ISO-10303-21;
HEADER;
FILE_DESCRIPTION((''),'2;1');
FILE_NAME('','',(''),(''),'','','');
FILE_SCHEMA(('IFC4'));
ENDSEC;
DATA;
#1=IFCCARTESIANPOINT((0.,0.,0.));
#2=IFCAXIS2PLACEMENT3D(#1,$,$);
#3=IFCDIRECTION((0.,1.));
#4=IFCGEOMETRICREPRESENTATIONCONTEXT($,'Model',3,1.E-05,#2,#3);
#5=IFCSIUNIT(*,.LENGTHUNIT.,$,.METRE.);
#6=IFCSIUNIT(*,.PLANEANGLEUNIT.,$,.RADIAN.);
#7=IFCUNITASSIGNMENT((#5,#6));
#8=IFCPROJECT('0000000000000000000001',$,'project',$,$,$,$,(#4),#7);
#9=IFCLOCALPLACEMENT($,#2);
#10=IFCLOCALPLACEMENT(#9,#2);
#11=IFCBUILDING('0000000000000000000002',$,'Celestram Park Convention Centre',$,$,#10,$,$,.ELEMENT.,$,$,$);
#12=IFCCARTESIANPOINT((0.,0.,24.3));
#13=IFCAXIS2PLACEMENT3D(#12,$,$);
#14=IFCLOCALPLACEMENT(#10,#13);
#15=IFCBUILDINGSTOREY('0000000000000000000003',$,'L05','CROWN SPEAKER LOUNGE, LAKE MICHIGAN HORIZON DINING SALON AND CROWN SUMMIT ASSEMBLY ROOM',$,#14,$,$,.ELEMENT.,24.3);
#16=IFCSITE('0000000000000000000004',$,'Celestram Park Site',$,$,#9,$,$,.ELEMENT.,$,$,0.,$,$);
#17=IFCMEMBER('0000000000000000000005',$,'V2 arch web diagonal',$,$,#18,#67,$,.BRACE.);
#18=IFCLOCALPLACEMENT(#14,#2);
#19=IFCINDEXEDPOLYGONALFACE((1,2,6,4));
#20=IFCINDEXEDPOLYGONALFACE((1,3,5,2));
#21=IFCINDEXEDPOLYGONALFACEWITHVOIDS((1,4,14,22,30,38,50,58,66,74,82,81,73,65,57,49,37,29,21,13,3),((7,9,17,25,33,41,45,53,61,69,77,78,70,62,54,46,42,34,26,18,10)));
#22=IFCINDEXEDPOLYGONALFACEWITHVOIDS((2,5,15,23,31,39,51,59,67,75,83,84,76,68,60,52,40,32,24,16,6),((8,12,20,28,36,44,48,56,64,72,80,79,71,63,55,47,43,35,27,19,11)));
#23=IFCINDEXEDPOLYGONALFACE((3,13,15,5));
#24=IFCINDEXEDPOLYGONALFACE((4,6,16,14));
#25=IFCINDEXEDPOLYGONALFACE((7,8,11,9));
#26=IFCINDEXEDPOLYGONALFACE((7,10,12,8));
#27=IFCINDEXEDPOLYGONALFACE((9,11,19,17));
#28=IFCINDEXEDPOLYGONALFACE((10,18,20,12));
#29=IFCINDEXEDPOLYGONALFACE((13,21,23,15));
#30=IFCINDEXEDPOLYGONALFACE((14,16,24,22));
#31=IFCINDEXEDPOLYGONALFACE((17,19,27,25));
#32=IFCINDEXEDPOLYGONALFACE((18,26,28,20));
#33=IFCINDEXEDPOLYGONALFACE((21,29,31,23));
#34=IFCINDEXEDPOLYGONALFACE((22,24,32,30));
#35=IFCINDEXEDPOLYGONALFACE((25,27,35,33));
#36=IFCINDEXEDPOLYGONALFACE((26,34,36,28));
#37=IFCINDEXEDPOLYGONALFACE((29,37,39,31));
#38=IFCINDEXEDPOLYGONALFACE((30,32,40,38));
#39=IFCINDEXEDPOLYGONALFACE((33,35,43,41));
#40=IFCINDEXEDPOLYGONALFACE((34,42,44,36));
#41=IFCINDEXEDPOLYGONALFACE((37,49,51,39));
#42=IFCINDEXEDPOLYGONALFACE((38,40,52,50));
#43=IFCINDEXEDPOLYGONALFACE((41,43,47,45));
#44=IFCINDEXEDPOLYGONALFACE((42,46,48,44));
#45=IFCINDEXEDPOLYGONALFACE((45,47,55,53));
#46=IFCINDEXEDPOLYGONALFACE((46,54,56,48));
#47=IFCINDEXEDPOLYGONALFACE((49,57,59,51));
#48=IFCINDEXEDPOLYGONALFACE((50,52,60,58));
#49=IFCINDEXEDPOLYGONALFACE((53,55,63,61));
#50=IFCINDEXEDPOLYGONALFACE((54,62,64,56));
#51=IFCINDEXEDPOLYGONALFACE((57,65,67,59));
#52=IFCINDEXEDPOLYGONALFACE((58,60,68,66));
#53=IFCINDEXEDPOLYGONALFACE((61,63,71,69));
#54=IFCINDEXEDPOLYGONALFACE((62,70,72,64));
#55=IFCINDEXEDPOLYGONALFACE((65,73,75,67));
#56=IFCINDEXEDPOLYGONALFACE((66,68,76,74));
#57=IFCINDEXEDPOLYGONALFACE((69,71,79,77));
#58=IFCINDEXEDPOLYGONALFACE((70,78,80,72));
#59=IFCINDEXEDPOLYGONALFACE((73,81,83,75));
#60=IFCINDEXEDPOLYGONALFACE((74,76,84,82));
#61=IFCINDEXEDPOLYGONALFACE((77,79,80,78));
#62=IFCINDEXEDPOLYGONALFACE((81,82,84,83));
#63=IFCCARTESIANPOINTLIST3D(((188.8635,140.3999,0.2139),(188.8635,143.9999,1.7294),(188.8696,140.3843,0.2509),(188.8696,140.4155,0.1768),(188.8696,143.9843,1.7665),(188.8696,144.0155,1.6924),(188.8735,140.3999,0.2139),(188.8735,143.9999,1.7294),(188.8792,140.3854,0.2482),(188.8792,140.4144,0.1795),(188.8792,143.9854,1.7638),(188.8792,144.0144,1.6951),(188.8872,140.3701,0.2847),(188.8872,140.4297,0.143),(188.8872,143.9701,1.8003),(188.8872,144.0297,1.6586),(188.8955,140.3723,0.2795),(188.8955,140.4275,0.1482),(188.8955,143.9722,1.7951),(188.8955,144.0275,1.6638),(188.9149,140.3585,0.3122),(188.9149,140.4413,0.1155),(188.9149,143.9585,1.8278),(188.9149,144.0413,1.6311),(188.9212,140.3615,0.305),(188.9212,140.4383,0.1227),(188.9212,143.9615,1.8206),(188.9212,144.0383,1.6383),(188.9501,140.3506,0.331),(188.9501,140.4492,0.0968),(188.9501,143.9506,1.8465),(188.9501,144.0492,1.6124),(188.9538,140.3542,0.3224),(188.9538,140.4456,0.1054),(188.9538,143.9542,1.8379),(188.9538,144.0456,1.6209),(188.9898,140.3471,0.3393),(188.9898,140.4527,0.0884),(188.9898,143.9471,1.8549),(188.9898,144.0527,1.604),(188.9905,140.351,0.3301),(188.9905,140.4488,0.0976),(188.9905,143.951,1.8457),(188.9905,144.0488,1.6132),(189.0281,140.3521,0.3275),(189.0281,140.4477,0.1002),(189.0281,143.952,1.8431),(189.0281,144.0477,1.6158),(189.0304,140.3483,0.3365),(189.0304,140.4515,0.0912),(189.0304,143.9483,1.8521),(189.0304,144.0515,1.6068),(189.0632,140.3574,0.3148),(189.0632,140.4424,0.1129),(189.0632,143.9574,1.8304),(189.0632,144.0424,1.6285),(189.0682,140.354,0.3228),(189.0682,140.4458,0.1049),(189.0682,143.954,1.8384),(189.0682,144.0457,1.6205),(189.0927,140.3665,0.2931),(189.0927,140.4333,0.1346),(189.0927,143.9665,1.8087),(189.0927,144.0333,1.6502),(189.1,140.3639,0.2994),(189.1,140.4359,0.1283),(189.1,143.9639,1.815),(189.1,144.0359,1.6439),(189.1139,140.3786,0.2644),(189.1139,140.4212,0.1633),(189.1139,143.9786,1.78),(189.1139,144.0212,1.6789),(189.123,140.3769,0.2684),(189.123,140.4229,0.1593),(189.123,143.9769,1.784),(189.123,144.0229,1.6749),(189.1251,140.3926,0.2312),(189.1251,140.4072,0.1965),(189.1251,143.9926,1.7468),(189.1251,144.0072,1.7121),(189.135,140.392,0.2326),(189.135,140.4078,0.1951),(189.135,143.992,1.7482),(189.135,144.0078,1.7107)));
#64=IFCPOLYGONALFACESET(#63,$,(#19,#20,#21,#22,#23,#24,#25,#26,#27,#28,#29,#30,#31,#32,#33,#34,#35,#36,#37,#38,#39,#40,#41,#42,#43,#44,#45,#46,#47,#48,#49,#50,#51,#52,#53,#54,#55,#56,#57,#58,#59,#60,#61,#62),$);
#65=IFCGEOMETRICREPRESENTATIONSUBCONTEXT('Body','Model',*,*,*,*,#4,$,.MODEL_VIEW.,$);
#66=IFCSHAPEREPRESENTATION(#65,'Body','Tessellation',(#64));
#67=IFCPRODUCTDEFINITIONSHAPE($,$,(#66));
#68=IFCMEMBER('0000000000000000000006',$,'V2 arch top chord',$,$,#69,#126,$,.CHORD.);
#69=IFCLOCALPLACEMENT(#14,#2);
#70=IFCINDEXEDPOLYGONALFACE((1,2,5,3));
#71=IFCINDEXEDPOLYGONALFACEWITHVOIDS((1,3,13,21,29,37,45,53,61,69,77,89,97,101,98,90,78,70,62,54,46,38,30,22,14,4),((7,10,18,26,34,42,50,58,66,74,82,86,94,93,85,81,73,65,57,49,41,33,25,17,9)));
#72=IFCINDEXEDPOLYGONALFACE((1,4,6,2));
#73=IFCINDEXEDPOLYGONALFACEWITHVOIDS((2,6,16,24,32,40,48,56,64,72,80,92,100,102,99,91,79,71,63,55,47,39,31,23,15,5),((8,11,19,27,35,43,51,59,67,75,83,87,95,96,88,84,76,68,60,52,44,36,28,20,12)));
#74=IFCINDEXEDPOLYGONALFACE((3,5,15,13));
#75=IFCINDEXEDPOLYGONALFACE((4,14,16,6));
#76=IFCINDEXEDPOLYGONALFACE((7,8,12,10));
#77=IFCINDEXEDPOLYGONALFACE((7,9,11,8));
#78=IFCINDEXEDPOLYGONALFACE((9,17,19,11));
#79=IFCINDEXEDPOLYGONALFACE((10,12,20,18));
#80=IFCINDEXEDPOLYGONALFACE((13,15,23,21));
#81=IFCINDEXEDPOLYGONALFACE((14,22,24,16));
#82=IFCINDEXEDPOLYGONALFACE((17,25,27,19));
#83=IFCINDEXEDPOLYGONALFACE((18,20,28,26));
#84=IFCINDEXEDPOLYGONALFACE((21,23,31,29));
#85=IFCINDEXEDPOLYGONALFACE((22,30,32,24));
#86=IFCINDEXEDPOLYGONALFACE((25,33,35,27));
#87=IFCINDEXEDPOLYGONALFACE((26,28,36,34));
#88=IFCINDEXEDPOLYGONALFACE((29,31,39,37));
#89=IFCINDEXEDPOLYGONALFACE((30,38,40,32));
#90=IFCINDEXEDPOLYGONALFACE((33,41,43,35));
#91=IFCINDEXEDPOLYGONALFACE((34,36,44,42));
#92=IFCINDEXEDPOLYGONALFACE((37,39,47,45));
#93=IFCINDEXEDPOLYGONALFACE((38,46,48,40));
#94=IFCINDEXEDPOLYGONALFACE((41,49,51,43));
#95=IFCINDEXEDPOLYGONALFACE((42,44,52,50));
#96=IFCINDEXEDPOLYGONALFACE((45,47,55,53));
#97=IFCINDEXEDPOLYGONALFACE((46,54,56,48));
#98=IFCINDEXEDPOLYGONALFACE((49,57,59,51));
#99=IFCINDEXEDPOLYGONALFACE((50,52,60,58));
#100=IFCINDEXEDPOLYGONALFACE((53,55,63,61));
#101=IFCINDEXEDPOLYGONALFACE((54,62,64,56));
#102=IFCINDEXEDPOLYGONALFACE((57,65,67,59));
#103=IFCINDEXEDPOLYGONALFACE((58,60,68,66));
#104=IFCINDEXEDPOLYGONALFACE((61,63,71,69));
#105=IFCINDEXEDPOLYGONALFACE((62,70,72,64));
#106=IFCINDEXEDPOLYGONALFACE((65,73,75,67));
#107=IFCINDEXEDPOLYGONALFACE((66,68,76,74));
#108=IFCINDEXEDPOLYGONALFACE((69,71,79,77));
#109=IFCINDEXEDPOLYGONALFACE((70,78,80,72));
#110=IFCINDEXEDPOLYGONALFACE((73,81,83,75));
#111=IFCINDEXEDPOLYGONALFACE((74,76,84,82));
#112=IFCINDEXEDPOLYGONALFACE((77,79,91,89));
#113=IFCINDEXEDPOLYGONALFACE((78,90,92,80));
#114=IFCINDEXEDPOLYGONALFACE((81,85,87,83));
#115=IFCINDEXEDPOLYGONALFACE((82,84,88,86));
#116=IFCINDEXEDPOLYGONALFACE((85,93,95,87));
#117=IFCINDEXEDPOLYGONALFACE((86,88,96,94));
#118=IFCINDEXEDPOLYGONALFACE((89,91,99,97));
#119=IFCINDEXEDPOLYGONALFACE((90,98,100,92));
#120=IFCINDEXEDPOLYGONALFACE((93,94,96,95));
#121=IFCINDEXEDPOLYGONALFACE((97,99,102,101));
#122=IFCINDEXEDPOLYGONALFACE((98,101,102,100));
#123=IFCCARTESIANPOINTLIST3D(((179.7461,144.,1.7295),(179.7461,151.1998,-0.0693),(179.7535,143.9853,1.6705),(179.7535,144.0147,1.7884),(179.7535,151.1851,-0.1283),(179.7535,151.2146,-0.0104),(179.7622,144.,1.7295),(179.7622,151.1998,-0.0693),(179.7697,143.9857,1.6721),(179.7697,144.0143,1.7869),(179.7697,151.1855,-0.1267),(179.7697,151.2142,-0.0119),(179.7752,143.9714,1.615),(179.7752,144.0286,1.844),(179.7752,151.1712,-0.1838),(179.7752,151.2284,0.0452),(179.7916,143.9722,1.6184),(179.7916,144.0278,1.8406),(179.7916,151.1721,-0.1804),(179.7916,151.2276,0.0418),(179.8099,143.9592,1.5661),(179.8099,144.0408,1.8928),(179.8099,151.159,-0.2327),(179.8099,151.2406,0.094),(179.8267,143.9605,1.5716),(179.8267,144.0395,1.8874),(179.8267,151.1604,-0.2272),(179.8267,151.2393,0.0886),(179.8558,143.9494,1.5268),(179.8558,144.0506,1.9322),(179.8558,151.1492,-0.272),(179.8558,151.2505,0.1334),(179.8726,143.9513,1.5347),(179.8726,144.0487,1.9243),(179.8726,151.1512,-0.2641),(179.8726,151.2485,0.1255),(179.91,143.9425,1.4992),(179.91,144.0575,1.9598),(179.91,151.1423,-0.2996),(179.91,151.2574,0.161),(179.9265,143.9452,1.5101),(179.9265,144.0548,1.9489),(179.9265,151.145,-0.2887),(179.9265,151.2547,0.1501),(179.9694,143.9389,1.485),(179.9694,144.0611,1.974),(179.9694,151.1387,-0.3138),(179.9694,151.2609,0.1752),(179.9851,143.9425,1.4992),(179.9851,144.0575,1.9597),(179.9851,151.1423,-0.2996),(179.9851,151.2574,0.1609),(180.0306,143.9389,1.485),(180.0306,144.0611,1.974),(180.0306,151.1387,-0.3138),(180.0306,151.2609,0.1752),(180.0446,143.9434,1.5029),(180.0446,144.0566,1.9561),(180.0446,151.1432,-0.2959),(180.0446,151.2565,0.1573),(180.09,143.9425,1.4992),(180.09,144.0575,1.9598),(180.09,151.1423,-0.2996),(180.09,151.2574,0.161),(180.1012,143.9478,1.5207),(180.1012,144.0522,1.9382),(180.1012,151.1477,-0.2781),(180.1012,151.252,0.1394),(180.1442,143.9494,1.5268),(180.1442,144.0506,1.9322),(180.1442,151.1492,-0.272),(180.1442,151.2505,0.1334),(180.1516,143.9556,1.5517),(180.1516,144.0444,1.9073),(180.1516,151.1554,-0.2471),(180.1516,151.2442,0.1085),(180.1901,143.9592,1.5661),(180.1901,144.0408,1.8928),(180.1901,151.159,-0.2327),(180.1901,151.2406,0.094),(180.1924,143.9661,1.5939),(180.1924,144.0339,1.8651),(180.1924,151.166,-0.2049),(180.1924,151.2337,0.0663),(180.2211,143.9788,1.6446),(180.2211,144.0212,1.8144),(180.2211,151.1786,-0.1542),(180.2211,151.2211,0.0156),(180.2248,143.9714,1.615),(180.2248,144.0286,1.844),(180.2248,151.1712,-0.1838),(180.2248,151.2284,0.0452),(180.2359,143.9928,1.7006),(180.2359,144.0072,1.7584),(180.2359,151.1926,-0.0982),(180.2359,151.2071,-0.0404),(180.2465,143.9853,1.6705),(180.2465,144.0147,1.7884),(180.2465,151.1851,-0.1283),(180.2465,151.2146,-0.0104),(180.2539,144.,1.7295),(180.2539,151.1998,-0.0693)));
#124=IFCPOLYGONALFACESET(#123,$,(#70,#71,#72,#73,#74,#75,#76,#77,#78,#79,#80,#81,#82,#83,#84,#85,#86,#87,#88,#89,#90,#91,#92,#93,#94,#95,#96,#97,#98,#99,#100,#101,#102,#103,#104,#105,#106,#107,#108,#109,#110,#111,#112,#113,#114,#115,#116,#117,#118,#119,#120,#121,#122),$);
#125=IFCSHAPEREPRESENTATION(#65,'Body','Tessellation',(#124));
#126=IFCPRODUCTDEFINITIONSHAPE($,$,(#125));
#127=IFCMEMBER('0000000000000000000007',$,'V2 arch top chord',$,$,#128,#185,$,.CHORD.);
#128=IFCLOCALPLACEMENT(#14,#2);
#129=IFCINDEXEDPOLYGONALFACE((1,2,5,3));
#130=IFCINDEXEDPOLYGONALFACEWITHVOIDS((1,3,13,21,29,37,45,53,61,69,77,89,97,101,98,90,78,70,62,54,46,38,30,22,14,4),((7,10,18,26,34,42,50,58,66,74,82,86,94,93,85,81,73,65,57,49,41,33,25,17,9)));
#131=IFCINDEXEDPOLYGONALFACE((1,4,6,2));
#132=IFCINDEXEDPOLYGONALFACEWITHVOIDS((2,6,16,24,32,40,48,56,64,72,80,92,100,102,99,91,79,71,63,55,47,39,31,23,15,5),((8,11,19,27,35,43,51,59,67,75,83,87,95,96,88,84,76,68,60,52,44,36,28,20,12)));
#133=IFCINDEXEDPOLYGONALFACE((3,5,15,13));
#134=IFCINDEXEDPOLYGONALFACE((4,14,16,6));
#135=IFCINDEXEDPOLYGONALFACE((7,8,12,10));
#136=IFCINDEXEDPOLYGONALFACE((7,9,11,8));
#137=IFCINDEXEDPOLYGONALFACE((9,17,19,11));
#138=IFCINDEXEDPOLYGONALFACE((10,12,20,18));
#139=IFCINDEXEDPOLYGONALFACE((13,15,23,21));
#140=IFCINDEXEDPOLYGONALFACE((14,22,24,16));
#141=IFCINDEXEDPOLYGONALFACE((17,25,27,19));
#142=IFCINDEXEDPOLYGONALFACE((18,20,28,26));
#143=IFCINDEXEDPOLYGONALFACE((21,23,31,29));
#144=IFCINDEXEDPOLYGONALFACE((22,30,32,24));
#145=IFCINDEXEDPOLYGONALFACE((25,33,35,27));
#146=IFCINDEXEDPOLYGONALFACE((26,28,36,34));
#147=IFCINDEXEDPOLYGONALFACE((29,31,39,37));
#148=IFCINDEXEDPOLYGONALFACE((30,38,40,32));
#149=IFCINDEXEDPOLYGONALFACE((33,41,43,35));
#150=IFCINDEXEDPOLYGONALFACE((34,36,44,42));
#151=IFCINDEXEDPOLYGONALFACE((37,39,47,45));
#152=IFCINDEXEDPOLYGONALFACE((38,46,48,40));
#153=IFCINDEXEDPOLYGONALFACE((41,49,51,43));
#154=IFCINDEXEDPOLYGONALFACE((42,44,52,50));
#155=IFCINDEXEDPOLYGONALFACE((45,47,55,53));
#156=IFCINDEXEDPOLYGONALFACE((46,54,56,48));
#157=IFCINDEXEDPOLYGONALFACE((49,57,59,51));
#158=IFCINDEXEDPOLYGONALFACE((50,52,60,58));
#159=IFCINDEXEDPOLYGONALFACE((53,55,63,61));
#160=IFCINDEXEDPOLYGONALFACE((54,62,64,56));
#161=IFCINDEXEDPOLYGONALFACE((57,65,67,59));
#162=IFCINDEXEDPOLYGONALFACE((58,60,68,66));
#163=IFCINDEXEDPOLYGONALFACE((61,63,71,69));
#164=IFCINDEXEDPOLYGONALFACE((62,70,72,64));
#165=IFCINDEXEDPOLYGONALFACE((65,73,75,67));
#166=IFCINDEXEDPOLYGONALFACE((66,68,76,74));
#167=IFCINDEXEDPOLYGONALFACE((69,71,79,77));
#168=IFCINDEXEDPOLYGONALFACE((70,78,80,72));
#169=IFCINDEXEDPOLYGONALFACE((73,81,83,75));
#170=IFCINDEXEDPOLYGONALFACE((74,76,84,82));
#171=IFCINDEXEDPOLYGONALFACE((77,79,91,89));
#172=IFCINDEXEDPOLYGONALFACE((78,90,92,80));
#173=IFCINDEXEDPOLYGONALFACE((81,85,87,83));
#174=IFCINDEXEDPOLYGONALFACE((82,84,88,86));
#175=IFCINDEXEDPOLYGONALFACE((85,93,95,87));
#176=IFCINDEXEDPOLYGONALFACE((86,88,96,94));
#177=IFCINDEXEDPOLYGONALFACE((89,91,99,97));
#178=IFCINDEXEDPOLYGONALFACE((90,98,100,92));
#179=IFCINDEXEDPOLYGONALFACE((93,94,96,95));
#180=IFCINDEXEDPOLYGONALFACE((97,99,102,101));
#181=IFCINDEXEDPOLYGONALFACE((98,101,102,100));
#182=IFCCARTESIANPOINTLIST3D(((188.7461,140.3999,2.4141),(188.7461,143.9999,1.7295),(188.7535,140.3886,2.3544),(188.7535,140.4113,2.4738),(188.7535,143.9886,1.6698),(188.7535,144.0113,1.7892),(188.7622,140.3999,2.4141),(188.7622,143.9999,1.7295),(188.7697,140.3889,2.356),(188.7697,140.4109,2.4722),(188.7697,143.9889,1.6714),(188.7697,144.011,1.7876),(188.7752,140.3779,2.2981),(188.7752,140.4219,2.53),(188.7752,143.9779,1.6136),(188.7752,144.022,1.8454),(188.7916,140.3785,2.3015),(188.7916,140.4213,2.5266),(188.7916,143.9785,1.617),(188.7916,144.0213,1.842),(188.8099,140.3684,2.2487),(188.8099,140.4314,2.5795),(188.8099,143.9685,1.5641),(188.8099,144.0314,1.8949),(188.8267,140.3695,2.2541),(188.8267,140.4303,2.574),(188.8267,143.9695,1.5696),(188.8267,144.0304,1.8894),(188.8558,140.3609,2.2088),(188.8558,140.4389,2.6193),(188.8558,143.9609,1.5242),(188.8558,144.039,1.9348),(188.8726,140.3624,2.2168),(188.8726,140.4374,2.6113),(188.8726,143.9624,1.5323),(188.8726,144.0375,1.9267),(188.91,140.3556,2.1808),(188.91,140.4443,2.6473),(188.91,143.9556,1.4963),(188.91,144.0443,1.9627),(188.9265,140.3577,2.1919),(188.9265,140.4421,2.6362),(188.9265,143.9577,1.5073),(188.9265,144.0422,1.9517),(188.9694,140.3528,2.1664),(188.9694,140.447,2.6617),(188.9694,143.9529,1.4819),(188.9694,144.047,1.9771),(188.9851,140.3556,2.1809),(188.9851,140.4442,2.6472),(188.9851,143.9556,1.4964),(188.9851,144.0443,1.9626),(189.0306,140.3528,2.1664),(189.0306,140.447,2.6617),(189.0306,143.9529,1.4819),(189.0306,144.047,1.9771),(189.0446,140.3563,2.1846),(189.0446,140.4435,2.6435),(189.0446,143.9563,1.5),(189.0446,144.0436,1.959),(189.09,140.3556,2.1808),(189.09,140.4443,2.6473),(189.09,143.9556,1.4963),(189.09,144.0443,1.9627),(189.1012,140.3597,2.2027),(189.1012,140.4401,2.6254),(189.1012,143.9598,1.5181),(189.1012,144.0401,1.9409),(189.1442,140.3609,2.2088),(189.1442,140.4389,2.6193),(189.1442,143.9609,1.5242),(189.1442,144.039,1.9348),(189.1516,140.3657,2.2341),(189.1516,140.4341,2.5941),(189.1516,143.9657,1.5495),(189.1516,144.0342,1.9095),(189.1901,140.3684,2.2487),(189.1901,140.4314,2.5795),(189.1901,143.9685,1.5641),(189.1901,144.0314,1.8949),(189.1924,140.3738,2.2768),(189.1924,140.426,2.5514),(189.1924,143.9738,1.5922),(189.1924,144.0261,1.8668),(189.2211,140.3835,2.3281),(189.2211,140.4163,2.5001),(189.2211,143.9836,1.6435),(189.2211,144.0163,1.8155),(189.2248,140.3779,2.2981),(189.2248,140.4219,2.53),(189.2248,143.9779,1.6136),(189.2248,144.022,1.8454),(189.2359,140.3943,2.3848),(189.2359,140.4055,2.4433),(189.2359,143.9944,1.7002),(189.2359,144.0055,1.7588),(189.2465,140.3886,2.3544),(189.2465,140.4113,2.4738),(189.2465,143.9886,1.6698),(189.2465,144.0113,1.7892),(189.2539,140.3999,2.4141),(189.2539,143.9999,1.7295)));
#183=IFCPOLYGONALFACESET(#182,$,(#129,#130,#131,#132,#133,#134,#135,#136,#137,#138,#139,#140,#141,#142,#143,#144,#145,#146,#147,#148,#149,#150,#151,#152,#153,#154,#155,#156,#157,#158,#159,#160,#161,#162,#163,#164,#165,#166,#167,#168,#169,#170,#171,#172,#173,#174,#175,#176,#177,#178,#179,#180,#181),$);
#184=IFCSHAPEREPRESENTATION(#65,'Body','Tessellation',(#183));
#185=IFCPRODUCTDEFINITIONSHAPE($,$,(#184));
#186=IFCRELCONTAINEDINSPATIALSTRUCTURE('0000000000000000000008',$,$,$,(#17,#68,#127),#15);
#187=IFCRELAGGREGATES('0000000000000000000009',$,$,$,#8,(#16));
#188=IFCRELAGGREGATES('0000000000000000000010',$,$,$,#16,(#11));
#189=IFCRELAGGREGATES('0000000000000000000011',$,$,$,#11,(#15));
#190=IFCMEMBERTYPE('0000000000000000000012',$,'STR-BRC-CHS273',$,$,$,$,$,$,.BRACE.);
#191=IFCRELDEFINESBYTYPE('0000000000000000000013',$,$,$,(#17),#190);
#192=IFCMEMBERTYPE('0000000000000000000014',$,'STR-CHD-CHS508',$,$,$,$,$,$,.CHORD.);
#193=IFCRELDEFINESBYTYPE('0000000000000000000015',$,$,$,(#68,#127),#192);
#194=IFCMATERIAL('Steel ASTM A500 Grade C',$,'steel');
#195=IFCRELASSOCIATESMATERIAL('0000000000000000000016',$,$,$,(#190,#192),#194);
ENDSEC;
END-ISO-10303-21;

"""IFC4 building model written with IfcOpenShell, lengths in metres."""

from ifc_helpers import new_model, si_unit, direction, frame, origin, origin_2d, place, context, subcontext, project, spatial, hollow_circle, extrude, material, material_profile, profile_set, type_object, element, save


model = new_model("IFC4")

# Units and contexts
model_context = context("Model", 3, precision=1e-05, world=origin(), true_north=direction((0.0, 1.0)))
body_context = subcontext(model_context, "Body", "Model", "MODEL_VIEW")
ifc_project = project(units=[si_unit("LENGTHUNIT", "METRE"), si_unit("PLANEANGLEUNIT", "RADIAN")], contexts=[model_context])

# Site, building, storey
site_placement = place(None, origin())
site = spatial("IfcSite", under=ifc_project, at=site_placement, Name="Celestram Park Site", CompositionType="ELEMENT", RefElevation=0.0)
building_placement = place(site_placement, origin())
building = spatial("IfcBuilding", under=site, at=building_placement, Name="Celestram Park Convention Centre", CompositionType="ELEMENT")
storey_placement = place(building_placement, frame((0.0, 0.0, 24.3)))
storey = spatial("IfcBuildingStorey", under=building, at=storey_placement, Name="L05", Description="CROWN SPEAKER LOUNGE, LAKE MICHIGAN HORIZON DINING SALON AND CROWN SUMMIT ASSEMBLY ROOM", CompositionType="ELEMENT", Elevation=24.3)

# Members
ifc_material_1 = material(Name="Steel ASTM A500 Grade C", Category="steel")
ifc_material_profile_1 = material_profile(ifc_material_1, hollow_circle(Radius=0.1365, WallThickness=0.01, at=origin_2d()), Name="CHS273X10")
ifc_profile_set_1 = profile_set([ifc_material_profile_1], Name="Steel ASTM A500 Grade C")
member_type_1 = type_object("IfcMemberType", Name="STR-BRC-CHS273", PredefinedType="BRACE", material=ifc_profile_set_1)
member_1_placement = place(storey_placement, frame((189.0, 140.3999, 0.2139), z_axis=(0.0, 0.921654, 0.388012), x_axis=(-1.0, 0.0, 0.0)))
element("IfcMember", 1, at=member_1_placement, inside=storey, type_object=member_type_1, Name="V2 arch web diagonal", PredefinedType="BRACE", context=body_context, shape_type="SweptSolid", body=[
    extrude(hollow_circle(Radius=0.1365, WallThickness=0.01, at=origin_2d()), origin(), (0.0, 0.0, 1.0), 3.906),
])
ifc_material_profile_2 = material_profile(ifc_material_1, hollow_circle(Radius=0.2539, WallThickness=0.0161, at=origin_2d()), Name="CHS508X16")
ifc_profile_set_2 = profile_set([ifc_material_profile_2], Name="Steel ASTM A500 Grade C")
member_type_2 = type_object("IfcMemberType", Name="STR-CHD-CHS508", PredefinedType="CHORD", material=ifc_profile_set_2)
member_2_placement = place(storey_placement, frame((180.0, 144.0, 1.7295), z_axis=(0.0, 0.970179, -0.242389), x_axis=(-1.0, 0.0, 0.0)))
element("IfcMember", 2, at=member_2_placement, inside=storey, type_object=member_type_2, Name="V2 arch top chord", PredefinedType="CHORD", context=body_context, shape_type="SweptSolid", body=[
    extrude(hollow_circle(Radius=0.2539, WallThickness=0.0161, at=origin_2d()), origin(), (0.0, 0.0, 1.0), 7.4211),
])
member_3_placement = place(storey_placement, frame((189.0, 140.3999, 2.4141), z_axis=(0.0, 0.982397, -0.186806), x_axis=(-1.0, 0.0, 0.0)))
element("IfcMember", 3, at=member_3_placement, inside=storey, type_object=member_type_2, Name="V2 arch top chord", PredefinedType="CHORD", context=body_context, shape_type="SweptSolid", body=[
    extrude(hollow_circle(Radius=0.2539, WallThickness=0.0161, at=origin_2d()), origin(), (0.0, 0.0, 1.0), 3.6646),
])

save(model, "model.ifc")
